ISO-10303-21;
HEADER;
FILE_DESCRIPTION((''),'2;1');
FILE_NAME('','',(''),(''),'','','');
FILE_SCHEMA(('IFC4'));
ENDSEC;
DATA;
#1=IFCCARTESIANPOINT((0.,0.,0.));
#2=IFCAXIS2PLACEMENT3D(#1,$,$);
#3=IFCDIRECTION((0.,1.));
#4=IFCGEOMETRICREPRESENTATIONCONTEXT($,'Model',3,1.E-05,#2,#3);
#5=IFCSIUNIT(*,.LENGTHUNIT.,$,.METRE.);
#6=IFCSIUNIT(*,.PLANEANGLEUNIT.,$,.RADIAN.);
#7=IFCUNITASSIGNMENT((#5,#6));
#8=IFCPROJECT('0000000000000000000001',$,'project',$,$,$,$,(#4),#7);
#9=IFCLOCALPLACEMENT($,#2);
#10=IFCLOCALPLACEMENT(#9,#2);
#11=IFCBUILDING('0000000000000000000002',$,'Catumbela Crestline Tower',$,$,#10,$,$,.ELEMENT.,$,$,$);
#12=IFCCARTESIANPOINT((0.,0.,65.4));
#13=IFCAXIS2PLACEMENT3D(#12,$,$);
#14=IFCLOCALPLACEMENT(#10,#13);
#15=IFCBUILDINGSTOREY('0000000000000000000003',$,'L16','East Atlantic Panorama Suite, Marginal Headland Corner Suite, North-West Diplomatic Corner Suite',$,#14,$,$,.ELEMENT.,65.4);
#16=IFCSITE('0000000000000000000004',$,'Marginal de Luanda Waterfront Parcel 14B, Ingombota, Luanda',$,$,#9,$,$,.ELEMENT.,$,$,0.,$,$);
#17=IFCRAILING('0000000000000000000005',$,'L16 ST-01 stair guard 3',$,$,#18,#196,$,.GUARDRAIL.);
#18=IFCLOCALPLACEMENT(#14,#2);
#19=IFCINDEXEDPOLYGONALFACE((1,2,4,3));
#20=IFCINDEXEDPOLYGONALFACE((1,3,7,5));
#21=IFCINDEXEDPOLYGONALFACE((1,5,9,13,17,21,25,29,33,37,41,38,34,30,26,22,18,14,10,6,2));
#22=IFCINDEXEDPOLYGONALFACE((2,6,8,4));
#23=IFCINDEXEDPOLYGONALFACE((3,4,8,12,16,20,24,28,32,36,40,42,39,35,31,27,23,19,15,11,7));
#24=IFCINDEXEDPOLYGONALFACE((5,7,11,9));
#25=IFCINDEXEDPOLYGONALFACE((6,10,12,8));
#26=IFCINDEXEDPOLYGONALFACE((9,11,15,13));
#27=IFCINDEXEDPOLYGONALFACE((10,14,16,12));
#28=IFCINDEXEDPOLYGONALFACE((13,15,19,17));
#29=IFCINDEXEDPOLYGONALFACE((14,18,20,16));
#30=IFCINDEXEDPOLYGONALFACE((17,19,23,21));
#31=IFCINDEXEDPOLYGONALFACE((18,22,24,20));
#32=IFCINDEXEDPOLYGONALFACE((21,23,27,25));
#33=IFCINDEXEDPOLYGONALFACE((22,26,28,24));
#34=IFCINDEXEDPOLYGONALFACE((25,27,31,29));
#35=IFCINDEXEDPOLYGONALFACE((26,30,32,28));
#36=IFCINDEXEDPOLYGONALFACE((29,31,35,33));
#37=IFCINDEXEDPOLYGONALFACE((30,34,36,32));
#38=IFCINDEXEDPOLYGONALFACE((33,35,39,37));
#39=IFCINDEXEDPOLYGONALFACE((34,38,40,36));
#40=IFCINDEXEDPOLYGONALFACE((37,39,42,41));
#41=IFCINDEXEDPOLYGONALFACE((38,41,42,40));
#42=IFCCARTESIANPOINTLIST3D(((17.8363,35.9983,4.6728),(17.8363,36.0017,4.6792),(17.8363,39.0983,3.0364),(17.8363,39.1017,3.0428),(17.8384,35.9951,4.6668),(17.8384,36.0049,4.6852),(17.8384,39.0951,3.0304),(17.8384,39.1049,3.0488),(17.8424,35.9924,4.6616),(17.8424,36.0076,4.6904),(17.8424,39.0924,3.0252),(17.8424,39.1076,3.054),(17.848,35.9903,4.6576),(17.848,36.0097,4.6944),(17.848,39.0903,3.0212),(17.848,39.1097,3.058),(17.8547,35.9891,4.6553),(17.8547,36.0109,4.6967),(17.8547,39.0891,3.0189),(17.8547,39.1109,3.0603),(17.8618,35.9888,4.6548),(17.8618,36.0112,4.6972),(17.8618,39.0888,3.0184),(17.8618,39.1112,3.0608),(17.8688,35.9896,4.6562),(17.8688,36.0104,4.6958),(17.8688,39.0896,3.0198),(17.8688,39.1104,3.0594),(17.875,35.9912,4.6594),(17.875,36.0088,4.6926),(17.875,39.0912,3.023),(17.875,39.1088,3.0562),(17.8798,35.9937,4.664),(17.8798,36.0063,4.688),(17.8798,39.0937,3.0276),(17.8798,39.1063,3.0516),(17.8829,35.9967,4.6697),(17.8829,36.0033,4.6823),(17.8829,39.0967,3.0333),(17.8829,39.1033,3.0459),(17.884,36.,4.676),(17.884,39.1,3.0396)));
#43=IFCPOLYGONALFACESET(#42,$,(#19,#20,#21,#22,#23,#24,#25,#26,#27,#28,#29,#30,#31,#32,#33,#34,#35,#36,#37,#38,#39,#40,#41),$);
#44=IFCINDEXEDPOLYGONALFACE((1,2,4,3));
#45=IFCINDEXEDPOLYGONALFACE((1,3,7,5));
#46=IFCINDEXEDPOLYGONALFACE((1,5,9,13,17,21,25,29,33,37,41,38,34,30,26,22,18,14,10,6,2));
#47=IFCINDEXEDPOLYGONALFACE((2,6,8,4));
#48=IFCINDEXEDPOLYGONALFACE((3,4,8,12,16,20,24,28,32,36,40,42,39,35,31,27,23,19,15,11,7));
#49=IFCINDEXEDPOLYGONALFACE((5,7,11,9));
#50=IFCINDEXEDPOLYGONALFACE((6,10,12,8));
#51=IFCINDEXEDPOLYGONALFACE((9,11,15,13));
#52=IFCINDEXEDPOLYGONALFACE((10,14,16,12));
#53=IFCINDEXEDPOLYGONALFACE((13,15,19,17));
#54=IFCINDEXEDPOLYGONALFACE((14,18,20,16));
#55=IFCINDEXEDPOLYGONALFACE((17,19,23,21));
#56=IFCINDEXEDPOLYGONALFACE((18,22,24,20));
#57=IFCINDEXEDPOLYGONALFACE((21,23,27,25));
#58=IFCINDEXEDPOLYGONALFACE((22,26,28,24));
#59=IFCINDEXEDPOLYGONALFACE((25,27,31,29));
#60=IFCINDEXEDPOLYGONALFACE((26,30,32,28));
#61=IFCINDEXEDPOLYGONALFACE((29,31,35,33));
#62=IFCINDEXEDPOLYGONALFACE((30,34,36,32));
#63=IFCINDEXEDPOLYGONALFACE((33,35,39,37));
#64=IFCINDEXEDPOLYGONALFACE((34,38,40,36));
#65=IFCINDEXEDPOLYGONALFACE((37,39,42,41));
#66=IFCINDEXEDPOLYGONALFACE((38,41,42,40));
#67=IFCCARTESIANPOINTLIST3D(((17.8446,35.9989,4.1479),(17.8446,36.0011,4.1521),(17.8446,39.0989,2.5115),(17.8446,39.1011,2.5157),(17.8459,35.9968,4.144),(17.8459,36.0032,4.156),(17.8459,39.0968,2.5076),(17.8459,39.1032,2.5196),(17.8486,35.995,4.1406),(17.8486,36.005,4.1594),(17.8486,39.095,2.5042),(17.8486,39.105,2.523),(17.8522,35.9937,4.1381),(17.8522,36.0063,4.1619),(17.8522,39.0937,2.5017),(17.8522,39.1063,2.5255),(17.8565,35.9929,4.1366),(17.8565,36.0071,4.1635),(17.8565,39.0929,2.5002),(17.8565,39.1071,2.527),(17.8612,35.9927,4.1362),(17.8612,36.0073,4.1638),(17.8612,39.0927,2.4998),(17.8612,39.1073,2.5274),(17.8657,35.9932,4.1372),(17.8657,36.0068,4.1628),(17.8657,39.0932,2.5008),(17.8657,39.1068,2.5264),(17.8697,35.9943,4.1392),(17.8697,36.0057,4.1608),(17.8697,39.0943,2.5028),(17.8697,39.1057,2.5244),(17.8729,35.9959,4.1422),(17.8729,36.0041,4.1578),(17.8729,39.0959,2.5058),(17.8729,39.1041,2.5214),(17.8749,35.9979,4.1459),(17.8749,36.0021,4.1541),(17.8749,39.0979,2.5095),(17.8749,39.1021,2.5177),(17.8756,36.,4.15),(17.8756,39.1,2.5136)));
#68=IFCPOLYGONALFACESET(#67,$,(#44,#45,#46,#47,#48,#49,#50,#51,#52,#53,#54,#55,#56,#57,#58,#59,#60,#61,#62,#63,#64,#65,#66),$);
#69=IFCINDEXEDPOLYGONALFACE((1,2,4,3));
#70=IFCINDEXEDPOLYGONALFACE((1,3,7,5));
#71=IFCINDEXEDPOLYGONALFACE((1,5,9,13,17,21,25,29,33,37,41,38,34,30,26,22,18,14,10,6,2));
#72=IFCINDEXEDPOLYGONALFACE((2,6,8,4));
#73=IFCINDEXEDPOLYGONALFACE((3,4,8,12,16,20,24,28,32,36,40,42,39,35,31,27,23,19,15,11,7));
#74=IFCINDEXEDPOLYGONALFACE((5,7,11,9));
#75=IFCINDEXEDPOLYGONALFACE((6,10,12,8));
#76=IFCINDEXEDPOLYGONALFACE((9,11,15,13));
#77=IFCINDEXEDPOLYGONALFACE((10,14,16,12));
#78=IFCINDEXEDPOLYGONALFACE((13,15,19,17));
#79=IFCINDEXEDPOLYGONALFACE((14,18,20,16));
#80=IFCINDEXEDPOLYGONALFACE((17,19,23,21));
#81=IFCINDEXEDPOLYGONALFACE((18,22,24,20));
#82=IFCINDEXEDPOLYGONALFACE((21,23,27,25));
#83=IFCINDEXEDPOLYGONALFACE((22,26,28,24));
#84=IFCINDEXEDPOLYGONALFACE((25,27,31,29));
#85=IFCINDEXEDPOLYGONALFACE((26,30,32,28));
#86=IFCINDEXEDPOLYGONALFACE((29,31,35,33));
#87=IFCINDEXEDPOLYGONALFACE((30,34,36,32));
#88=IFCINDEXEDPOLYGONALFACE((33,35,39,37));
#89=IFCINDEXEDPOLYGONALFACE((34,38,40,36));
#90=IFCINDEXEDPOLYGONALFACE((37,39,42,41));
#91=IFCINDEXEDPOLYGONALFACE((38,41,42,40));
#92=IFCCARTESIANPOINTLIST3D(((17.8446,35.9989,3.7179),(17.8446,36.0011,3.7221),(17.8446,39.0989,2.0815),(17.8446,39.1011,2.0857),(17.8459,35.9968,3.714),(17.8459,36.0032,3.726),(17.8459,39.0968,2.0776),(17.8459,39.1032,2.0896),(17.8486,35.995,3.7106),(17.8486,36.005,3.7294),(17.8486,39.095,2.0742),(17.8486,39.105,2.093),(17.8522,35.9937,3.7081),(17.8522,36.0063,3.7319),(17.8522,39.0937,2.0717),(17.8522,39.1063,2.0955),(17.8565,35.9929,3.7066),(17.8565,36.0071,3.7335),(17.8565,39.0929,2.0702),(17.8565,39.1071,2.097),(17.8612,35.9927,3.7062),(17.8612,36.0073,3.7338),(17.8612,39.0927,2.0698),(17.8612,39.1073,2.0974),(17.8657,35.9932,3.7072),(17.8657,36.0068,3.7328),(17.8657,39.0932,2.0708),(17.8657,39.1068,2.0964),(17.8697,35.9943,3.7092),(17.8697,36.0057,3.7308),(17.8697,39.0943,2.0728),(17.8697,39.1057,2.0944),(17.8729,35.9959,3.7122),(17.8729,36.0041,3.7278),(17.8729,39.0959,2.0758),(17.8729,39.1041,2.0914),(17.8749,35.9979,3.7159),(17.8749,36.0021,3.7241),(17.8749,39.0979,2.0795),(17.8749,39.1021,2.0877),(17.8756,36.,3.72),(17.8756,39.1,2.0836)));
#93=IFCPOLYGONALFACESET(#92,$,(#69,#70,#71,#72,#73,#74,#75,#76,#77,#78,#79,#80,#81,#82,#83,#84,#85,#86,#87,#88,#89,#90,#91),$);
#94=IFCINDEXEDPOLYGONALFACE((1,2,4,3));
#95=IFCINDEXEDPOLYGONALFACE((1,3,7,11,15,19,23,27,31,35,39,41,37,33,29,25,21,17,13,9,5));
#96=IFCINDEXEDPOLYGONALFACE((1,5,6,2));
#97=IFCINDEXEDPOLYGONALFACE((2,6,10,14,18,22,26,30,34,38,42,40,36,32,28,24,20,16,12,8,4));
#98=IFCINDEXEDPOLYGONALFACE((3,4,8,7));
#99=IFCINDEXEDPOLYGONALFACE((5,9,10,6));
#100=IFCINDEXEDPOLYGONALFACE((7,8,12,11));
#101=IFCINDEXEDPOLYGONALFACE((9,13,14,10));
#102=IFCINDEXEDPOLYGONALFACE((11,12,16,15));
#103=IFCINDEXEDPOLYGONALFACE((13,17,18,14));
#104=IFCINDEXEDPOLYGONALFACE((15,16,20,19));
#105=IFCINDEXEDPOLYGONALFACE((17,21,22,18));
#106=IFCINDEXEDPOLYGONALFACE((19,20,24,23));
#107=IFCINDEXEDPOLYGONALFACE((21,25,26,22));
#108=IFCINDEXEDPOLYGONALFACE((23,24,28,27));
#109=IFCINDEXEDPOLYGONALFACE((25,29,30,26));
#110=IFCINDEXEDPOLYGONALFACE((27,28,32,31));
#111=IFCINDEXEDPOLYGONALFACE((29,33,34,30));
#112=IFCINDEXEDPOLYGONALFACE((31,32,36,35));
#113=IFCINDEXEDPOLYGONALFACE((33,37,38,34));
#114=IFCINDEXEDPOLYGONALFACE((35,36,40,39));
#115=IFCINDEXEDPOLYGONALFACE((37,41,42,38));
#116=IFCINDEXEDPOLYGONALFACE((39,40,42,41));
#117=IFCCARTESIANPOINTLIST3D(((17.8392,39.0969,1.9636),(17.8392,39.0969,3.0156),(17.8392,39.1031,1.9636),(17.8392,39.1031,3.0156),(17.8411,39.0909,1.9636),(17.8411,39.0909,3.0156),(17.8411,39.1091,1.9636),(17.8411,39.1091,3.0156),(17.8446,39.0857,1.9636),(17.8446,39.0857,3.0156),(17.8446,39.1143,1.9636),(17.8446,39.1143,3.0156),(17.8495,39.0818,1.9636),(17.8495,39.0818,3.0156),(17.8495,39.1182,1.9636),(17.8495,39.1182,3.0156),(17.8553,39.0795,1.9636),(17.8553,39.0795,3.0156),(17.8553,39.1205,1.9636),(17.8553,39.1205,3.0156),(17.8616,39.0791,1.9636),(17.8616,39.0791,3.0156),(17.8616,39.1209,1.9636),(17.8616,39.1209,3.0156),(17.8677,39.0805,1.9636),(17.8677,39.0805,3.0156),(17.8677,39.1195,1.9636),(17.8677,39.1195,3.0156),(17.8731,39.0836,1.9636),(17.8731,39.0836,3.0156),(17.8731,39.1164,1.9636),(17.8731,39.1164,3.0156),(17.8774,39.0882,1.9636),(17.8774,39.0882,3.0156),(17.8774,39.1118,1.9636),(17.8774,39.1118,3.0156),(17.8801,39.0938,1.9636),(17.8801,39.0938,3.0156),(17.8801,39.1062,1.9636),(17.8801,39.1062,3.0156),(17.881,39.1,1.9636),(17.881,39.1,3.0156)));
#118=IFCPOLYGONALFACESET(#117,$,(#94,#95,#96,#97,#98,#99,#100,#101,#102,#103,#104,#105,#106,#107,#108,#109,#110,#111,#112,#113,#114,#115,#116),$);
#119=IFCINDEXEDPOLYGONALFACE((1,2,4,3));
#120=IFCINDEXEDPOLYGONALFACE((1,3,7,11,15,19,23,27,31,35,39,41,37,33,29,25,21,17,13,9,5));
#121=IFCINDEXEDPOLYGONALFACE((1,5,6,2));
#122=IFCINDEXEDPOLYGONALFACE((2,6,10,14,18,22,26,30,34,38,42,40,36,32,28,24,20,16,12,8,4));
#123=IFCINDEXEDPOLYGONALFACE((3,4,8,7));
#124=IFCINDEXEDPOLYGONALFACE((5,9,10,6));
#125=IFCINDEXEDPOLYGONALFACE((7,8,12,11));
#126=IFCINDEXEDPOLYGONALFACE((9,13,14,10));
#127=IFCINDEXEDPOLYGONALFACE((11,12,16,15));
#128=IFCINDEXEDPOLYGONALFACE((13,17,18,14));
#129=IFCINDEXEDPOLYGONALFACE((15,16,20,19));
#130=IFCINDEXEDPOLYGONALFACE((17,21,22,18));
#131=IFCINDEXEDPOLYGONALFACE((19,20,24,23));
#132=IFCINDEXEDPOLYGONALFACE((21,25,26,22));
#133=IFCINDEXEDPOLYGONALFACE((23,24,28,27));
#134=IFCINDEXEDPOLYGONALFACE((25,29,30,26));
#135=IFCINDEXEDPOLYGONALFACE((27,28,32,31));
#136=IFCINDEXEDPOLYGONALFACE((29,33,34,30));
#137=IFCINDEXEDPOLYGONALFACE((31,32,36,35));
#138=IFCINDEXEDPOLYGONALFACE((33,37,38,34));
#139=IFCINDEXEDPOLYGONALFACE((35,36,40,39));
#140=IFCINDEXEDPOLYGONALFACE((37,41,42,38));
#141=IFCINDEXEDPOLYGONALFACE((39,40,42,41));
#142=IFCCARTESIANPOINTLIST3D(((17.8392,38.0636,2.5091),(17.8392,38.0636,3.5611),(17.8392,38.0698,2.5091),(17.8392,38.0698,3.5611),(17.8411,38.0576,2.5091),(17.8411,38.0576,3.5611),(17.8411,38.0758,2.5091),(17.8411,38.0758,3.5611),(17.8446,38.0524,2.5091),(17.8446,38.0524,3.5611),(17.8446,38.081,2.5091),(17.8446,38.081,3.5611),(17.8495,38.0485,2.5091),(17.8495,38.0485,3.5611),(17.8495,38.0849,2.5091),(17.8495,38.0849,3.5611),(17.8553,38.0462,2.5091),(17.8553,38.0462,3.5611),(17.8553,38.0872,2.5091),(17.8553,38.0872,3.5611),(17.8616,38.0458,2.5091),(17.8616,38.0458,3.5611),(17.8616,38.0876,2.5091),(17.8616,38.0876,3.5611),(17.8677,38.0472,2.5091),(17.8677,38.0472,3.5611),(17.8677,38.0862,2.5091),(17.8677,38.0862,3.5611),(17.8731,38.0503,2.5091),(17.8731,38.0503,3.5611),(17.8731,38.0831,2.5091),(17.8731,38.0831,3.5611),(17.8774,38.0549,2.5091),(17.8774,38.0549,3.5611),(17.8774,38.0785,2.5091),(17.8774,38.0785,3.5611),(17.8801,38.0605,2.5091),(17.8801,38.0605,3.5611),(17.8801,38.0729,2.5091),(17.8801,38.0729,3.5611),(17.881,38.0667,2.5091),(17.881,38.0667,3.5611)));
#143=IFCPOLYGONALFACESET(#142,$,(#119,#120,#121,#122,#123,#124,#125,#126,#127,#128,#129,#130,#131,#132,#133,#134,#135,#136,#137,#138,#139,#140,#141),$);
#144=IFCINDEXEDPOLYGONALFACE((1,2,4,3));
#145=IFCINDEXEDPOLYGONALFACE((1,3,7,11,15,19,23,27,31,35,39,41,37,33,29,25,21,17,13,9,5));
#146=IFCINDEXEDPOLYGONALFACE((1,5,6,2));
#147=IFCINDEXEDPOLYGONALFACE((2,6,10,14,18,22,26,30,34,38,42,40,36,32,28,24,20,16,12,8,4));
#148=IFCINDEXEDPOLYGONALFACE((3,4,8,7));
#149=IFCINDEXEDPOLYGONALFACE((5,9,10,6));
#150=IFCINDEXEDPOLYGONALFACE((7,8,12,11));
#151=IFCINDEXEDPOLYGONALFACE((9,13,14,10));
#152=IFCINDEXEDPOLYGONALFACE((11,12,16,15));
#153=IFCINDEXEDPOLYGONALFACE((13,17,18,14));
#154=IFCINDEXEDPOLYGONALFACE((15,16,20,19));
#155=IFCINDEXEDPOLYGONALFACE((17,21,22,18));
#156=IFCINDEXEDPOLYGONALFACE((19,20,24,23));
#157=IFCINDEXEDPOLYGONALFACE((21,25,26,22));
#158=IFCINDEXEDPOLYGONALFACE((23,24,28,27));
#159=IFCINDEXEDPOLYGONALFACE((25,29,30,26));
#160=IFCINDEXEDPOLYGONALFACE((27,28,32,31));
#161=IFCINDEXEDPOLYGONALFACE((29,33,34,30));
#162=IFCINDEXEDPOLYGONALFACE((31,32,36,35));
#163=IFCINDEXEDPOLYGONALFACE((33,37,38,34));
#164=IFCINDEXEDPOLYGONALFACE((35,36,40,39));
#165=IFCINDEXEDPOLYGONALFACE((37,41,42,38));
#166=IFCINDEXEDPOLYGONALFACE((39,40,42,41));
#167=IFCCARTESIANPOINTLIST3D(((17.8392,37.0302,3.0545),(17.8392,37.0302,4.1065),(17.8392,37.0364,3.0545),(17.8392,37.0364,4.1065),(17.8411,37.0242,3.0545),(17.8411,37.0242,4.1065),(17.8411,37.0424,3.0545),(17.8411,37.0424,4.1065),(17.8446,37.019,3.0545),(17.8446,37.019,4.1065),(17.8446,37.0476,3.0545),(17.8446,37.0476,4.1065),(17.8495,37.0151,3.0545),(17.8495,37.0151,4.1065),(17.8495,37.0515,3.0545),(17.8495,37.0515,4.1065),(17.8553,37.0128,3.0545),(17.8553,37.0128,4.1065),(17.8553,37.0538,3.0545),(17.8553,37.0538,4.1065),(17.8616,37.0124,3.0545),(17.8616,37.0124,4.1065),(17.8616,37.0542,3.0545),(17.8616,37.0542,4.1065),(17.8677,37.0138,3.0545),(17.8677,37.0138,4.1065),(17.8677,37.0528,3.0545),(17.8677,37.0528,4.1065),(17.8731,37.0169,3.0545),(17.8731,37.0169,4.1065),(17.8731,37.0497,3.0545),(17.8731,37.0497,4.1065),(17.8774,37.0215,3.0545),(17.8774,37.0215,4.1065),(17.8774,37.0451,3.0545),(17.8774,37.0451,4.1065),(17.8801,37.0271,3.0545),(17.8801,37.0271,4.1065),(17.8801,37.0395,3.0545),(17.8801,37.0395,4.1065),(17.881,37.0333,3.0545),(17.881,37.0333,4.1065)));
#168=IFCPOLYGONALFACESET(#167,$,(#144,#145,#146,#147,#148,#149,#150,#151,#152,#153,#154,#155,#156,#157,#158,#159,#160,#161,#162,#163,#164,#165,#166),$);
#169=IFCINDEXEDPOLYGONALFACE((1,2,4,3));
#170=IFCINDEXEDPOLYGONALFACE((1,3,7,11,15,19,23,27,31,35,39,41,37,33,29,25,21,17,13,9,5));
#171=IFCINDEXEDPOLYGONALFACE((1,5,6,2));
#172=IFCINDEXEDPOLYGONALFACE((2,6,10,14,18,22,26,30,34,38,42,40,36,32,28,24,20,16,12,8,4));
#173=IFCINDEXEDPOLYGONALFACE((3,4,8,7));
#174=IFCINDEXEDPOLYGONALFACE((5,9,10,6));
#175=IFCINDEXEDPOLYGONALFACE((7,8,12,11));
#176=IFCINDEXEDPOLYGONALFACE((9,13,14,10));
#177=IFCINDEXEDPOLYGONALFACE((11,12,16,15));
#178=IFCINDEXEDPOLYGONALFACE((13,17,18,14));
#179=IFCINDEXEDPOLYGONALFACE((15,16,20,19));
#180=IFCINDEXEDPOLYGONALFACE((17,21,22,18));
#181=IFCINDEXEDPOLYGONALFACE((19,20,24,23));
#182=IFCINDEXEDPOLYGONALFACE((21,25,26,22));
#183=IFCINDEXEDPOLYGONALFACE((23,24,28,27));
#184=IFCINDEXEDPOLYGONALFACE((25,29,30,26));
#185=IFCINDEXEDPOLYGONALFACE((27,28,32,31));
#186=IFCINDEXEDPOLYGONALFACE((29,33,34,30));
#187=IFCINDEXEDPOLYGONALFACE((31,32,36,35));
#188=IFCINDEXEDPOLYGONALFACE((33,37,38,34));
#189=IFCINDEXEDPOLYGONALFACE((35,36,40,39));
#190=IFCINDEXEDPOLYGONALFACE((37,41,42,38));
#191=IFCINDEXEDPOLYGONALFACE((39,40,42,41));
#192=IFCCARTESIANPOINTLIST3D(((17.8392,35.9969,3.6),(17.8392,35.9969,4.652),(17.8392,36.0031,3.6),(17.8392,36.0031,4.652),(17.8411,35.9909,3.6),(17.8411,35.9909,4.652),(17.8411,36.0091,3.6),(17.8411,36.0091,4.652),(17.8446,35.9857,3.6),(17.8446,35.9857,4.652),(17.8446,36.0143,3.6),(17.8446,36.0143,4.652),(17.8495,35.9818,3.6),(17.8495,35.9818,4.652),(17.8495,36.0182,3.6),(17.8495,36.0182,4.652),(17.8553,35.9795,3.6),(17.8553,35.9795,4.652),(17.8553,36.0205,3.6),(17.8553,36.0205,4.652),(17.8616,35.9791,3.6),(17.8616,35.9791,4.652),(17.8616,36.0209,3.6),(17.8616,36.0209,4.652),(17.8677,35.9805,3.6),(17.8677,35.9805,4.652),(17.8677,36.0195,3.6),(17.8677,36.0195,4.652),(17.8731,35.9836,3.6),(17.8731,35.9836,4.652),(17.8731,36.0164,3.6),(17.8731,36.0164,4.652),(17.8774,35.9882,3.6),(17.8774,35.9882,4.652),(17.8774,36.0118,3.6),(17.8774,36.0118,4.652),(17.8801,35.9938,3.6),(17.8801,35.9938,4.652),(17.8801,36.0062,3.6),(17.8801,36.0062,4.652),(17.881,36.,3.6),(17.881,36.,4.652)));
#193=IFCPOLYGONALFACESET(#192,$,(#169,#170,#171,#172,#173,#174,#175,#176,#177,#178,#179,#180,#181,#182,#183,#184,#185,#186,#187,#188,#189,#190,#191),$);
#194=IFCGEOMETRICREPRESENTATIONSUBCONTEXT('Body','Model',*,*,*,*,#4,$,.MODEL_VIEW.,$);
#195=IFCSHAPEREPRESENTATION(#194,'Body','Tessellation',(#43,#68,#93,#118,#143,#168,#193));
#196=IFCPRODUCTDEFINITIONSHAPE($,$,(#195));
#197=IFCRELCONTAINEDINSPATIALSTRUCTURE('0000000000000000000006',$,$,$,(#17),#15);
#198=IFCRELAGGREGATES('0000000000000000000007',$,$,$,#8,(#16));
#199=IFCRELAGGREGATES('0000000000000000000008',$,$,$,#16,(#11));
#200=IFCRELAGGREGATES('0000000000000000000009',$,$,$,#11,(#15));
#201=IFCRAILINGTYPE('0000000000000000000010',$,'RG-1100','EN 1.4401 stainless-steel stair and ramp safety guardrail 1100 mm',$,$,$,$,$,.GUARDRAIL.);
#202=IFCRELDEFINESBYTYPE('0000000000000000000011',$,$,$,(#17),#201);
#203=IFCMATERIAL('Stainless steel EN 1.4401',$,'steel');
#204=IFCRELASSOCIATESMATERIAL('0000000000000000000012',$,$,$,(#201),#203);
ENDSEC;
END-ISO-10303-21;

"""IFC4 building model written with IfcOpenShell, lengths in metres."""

from ifc_helpers import new_model, si_unit, direction, frame, origin, origin_2d, place, context, subcontext, project, spatial, circle, extrude, material, type_object, element, save


model = new_model("IFC4")

# Units and contexts
model_context = context("Model", 3, precision=1e-05, world=origin(), true_north=direction((0.0, 1.0)))
body_context = subcontext(model_context, "Body", "Model", "MODEL_VIEW")
ifc_project = project(units=[si_unit("LENGTHUNIT", "METRE"), si_unit("PLANEANGLEUNIT", "RADIAN")], contexts=[model_context])

# Site, building, storey
site_placement = place(None, origin())
site = spatial("IfcSite", under=ifc_project, at=site_placement, Name="Marginal de Luanda Waterfront Parcel 14B, Ingombota, Luanda", CompositionType="ELEMENT", RefElevation=0.0)
building_placement = place(site_placement, origin())
building = spatial("IfcBuilding", under=site, at=building_placement, Name="Catumbela Crestline Tower", CompositionType="ELEMENT")
storey_placement = place(building_placement, frame((0.0, 0.0, 65.4)))
storey = spatial("IfcBuildingStorey", under=building, at=storey_placement, Name="L16", Description="East Atlantic Panorama Suite, Marginal Headland Corner Suite, North-West Diplomatic Corner Suite", CompositionType="ELEMENT", Elevation=65.4)

# Railing
ifc_material_1 = material(Name="Stainless steel EN 1.4401", Category="steel")
railing_type_1 = type_object("IfcRailingType", Name="RG-1100", Description="EN 1.4401 stainless-steel stair and ramp safety guardrail 1100 mm", PredefinedType="GUARDRAIL", material=ifc_material_1)
railing_1_placement = place(storey_placement, frame((17.86, 39.1, 1.9636)))
element("IfcRailing", 1, at=railing_1_placement, inside=storey, type_object=railing_type_1, Name="L16 ST-01 stair guard 3", PredefinedType="GUARDRAIL", context=body_context, shape_type="SweptSolid", body=[
    extrude(circle(Radius=0.024, at=origin_2d()), frame((0.0, 0.0, 1.076), z_axis=(0.0, -0.884351, 0.466823), x_axis=(1.0, 0.0, 0.0)), (0.0, 0.0, 1.0), 3.5054),
    extrude(circle(Radius=0.0156, at=origin_2d()), frame((0.0, 0.0, 0.55), z_axis=(0.0, -0.884351, 0.466823), x_axis=(1.0, 0.0, 0.0)), (0.0, 0.0, 1.0), 3.5054),
    extrude(circle(Radius=0.0156, at=origin_2d()), frame((0.0, 0.0, 0.12), z_axis=(0.0, -0.884351, 0.466823), x_axis=(1.0, 0.0, 0.0)), (0.0, 0.0, 1.0), 3.5054),
    extrude(circle(Radius=0.021, at=origin_2d()), origin(), (0.0, 0.0, 1.0), 1.052),
    extrude(circle(Radius=0.021, at=origin_2d()), frame((0.0, -1.0333, 0.5455)), (0.0, 0.0, 1.0), 1.052),
    extrude(circle(Radius=0.021, at=origin_2d()), frame((0.0, -2.0667, 1.0909)), (0.0, 0.0, 1.0), 1.052),
    extrude(circle(Radius=0.021, at=origin_2d()), frame((0.0, -3.1, 1.6364)), (0.0, 0.0, 1.0), 1.052),
])

save(model, "model.ifc")
